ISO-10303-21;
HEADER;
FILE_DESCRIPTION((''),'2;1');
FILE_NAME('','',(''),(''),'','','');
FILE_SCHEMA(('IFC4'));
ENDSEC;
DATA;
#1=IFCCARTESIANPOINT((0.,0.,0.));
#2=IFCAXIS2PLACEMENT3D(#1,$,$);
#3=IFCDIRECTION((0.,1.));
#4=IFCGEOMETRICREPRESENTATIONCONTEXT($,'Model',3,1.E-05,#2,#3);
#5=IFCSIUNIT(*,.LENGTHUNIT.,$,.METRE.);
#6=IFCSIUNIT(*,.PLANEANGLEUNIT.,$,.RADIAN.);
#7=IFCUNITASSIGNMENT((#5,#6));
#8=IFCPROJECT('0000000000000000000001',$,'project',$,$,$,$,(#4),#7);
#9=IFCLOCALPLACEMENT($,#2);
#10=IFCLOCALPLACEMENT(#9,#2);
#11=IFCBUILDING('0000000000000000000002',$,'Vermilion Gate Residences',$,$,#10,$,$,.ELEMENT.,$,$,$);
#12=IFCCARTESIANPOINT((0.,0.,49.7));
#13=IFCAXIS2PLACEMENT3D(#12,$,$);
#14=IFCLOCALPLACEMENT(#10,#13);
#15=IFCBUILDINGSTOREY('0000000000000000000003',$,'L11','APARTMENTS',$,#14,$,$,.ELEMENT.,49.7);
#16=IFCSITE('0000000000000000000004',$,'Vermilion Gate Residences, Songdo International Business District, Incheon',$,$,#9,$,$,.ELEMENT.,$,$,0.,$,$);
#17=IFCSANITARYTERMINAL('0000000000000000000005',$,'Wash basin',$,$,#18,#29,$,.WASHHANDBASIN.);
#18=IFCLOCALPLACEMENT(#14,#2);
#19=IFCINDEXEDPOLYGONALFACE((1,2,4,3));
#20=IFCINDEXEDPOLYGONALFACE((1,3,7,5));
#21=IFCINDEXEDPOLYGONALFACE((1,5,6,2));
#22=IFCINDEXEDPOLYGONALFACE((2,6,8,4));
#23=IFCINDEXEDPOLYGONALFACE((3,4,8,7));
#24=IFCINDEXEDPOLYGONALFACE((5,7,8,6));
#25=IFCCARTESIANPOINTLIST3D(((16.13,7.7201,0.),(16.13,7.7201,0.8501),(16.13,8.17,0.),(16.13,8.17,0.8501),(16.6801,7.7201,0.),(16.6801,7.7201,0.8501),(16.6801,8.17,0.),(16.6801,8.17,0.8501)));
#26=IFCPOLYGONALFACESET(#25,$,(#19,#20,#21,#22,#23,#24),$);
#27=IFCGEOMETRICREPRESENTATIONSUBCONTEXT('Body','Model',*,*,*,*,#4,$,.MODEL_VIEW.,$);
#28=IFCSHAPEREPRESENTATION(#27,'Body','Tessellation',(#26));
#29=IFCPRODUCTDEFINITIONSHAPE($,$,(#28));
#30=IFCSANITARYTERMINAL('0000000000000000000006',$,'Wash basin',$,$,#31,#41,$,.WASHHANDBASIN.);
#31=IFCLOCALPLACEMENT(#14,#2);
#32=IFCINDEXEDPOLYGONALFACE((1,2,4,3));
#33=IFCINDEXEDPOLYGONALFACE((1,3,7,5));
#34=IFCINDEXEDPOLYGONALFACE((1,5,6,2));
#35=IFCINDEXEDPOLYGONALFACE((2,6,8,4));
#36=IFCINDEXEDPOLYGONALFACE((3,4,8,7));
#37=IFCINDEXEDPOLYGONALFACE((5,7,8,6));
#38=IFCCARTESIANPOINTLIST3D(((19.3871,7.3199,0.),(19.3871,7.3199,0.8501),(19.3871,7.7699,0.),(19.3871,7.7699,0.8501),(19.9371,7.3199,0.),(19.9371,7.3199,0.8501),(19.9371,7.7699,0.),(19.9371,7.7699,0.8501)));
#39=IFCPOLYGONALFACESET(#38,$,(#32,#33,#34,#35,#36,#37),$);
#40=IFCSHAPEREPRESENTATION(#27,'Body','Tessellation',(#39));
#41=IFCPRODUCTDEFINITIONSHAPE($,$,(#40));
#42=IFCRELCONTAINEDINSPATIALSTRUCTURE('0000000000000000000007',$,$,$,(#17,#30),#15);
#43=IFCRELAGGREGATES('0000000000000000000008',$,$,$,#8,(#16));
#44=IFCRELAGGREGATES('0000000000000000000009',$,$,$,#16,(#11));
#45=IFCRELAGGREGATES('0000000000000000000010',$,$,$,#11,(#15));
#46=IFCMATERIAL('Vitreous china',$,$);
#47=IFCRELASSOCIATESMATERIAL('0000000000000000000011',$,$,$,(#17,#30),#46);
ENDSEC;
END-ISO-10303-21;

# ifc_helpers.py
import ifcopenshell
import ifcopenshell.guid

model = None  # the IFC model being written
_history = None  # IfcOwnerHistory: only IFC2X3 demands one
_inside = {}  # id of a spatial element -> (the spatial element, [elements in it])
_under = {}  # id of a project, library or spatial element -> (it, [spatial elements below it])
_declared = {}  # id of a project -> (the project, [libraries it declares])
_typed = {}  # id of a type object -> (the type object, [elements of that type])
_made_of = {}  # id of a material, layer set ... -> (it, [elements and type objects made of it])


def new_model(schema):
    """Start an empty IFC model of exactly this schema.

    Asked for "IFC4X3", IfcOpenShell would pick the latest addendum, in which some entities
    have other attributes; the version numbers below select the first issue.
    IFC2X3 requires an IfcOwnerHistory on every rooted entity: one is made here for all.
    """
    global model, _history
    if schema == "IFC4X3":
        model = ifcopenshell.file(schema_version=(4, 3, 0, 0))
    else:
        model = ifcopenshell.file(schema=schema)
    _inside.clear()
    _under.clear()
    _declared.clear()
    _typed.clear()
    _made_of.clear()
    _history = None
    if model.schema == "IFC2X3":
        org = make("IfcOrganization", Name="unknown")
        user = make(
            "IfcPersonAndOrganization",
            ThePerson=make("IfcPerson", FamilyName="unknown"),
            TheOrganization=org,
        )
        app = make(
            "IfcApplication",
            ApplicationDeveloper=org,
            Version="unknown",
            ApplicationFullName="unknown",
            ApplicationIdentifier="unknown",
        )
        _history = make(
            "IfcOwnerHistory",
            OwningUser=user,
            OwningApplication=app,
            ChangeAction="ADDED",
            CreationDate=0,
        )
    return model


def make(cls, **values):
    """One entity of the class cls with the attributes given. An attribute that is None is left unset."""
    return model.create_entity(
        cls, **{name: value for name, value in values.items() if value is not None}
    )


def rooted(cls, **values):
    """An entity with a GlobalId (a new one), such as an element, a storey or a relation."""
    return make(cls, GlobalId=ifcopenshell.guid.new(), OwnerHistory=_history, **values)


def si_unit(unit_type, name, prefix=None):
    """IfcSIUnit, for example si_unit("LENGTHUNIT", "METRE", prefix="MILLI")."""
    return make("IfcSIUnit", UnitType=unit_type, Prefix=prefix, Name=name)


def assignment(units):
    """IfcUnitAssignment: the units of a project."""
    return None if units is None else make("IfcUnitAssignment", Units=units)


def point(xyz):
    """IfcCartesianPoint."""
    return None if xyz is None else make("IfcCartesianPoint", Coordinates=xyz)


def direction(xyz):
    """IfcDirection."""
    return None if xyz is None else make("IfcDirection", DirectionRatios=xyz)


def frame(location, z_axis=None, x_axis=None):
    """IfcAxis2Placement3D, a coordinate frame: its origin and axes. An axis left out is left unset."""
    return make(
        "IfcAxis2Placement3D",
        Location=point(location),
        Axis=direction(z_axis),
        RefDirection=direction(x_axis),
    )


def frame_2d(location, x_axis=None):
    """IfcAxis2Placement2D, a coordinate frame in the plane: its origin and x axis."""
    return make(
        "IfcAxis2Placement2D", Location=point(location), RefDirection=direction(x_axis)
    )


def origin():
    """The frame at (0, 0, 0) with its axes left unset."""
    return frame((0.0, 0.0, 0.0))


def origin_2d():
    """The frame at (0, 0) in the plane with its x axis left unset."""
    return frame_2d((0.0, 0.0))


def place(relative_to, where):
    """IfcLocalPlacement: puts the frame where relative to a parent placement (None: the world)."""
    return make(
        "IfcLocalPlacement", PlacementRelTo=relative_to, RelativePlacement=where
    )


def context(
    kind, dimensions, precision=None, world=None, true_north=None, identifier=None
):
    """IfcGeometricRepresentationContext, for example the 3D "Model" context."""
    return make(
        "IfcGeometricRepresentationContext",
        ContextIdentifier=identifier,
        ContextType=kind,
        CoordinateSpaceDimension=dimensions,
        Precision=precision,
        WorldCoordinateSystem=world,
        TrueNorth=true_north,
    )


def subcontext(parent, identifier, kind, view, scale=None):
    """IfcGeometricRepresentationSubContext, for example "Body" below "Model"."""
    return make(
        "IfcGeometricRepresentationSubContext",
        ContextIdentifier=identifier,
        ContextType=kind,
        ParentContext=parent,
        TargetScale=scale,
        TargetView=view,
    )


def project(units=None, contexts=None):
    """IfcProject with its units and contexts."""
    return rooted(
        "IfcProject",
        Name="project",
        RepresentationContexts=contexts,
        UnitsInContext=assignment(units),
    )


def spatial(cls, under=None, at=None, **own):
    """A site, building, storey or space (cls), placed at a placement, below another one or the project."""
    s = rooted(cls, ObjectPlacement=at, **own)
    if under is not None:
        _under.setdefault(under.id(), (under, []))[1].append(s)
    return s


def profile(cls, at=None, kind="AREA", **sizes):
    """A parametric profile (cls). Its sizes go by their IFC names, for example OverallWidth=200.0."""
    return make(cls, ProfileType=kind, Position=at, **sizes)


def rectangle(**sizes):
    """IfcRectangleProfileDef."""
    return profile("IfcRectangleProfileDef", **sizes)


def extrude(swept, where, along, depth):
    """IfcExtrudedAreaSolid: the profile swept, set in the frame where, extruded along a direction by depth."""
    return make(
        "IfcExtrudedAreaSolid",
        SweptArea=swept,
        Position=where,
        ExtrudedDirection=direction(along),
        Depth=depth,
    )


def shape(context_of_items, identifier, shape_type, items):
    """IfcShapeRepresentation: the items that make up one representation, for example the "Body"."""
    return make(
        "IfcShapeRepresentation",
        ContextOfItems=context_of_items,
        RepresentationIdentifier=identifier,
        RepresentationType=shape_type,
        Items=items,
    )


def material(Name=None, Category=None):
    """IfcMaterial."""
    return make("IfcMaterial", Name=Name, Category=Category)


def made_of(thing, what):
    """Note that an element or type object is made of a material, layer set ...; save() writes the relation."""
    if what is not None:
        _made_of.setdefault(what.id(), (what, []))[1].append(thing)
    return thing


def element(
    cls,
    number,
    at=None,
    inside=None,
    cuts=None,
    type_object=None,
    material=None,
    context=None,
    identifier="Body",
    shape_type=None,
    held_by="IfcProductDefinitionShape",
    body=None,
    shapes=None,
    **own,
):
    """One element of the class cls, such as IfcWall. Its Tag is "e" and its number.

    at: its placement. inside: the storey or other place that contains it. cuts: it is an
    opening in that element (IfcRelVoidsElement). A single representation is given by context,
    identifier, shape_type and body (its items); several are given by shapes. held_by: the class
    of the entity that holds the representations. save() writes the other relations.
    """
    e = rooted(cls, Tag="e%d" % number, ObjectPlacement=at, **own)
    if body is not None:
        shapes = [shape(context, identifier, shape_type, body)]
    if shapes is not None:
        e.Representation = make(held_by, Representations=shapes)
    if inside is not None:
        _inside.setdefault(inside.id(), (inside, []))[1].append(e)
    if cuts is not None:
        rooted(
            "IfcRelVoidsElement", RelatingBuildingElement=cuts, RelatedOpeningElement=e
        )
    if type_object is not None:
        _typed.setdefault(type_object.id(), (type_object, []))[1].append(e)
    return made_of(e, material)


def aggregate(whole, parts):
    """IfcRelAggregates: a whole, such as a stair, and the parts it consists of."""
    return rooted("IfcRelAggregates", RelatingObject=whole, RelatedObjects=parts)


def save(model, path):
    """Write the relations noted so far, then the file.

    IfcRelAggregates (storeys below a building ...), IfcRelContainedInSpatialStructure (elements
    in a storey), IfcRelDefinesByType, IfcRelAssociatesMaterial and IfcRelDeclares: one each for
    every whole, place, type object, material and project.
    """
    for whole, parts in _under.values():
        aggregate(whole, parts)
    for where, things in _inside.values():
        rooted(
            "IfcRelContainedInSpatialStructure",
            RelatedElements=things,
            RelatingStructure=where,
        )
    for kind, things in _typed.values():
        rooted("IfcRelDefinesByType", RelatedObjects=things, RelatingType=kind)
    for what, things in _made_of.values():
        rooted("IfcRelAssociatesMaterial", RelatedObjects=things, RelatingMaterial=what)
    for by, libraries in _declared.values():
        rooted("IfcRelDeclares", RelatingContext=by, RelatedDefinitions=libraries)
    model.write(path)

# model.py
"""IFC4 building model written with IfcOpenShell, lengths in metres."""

from ifc_helpers import new_model, si_unit, direction, frame, origin, origin_2d, place, context, subcontext, project, spatial, rectangle, extrude, material, element, save


model = new_model("IFC4")

# Units and contexts
model_context = context("Model", 3, precision=1e-05, world=origin(), true_north=direction((0.0, 1.0)))
body_context = subcontext(model_context, "Body", "Model", "MODEL_VIEW")
ifc_project = project(units=[si_unit("LENGTHUNIT", "METRE"), si_unit("PLANEANGLEUNIT", "RADIAN")], contexts=[model_context])

# Site, building, storey
site_placement = place(None, origin())
site = spatial("IfcSite", under=ifc_project, at=site_placement, Name="Vermilion Gate Residences, Songdo International Business District, Incheon", CompositionType="ELEMENT", RefElevation=0.0)
building_placement = place(site_placement, origin())
building = spatial("IfcBuilding", under=site, at=building_placement, Name="Vermilion Gate Residences", CompositionType="ELEMENT")
storey_placement = place(building_placement, frame((0.0, 0.0, 49.7)))
storey = spatial("IfcBuildingStorey", under=building, at=storey_placement, Name="L11", Description="APARTMENTS", CompositionType="ELEMENT", Elevation=49.7)

# Sanitary terminals
ifc_material_1 = material(Name="Vitreous china")
for number, where, z_axis, x_axis, name in (
    (1, (16.405, 7.9451, 0.0), (0.0, 0.0, 1.0), (1.0, 0.0, 0.0), "Wash basin"),
    (2, (19.6621, 7.5449, 0.0), (0.0, 0.0, 1.0), (1.0, 0.0, 0.0), "Wash basin"),
):
    element("IfcSanitaryTerminal", number, at=place(storey_placement, frame(where, z_axis=z_axis, x_axis=x_axis)), inside=storey, material=ifc_material_1, Name=name, PredefinedType="WASHHANDBASIN", context=body_context, shape_type="SweptSolid", body=[
        extrude(rectangle(XDim=0.55, YDim=0.45, at=origin_2d()), origin(), (0.0, 0.0, 1.0), 0.8501),
    ])

save(model, "model.ifc")
